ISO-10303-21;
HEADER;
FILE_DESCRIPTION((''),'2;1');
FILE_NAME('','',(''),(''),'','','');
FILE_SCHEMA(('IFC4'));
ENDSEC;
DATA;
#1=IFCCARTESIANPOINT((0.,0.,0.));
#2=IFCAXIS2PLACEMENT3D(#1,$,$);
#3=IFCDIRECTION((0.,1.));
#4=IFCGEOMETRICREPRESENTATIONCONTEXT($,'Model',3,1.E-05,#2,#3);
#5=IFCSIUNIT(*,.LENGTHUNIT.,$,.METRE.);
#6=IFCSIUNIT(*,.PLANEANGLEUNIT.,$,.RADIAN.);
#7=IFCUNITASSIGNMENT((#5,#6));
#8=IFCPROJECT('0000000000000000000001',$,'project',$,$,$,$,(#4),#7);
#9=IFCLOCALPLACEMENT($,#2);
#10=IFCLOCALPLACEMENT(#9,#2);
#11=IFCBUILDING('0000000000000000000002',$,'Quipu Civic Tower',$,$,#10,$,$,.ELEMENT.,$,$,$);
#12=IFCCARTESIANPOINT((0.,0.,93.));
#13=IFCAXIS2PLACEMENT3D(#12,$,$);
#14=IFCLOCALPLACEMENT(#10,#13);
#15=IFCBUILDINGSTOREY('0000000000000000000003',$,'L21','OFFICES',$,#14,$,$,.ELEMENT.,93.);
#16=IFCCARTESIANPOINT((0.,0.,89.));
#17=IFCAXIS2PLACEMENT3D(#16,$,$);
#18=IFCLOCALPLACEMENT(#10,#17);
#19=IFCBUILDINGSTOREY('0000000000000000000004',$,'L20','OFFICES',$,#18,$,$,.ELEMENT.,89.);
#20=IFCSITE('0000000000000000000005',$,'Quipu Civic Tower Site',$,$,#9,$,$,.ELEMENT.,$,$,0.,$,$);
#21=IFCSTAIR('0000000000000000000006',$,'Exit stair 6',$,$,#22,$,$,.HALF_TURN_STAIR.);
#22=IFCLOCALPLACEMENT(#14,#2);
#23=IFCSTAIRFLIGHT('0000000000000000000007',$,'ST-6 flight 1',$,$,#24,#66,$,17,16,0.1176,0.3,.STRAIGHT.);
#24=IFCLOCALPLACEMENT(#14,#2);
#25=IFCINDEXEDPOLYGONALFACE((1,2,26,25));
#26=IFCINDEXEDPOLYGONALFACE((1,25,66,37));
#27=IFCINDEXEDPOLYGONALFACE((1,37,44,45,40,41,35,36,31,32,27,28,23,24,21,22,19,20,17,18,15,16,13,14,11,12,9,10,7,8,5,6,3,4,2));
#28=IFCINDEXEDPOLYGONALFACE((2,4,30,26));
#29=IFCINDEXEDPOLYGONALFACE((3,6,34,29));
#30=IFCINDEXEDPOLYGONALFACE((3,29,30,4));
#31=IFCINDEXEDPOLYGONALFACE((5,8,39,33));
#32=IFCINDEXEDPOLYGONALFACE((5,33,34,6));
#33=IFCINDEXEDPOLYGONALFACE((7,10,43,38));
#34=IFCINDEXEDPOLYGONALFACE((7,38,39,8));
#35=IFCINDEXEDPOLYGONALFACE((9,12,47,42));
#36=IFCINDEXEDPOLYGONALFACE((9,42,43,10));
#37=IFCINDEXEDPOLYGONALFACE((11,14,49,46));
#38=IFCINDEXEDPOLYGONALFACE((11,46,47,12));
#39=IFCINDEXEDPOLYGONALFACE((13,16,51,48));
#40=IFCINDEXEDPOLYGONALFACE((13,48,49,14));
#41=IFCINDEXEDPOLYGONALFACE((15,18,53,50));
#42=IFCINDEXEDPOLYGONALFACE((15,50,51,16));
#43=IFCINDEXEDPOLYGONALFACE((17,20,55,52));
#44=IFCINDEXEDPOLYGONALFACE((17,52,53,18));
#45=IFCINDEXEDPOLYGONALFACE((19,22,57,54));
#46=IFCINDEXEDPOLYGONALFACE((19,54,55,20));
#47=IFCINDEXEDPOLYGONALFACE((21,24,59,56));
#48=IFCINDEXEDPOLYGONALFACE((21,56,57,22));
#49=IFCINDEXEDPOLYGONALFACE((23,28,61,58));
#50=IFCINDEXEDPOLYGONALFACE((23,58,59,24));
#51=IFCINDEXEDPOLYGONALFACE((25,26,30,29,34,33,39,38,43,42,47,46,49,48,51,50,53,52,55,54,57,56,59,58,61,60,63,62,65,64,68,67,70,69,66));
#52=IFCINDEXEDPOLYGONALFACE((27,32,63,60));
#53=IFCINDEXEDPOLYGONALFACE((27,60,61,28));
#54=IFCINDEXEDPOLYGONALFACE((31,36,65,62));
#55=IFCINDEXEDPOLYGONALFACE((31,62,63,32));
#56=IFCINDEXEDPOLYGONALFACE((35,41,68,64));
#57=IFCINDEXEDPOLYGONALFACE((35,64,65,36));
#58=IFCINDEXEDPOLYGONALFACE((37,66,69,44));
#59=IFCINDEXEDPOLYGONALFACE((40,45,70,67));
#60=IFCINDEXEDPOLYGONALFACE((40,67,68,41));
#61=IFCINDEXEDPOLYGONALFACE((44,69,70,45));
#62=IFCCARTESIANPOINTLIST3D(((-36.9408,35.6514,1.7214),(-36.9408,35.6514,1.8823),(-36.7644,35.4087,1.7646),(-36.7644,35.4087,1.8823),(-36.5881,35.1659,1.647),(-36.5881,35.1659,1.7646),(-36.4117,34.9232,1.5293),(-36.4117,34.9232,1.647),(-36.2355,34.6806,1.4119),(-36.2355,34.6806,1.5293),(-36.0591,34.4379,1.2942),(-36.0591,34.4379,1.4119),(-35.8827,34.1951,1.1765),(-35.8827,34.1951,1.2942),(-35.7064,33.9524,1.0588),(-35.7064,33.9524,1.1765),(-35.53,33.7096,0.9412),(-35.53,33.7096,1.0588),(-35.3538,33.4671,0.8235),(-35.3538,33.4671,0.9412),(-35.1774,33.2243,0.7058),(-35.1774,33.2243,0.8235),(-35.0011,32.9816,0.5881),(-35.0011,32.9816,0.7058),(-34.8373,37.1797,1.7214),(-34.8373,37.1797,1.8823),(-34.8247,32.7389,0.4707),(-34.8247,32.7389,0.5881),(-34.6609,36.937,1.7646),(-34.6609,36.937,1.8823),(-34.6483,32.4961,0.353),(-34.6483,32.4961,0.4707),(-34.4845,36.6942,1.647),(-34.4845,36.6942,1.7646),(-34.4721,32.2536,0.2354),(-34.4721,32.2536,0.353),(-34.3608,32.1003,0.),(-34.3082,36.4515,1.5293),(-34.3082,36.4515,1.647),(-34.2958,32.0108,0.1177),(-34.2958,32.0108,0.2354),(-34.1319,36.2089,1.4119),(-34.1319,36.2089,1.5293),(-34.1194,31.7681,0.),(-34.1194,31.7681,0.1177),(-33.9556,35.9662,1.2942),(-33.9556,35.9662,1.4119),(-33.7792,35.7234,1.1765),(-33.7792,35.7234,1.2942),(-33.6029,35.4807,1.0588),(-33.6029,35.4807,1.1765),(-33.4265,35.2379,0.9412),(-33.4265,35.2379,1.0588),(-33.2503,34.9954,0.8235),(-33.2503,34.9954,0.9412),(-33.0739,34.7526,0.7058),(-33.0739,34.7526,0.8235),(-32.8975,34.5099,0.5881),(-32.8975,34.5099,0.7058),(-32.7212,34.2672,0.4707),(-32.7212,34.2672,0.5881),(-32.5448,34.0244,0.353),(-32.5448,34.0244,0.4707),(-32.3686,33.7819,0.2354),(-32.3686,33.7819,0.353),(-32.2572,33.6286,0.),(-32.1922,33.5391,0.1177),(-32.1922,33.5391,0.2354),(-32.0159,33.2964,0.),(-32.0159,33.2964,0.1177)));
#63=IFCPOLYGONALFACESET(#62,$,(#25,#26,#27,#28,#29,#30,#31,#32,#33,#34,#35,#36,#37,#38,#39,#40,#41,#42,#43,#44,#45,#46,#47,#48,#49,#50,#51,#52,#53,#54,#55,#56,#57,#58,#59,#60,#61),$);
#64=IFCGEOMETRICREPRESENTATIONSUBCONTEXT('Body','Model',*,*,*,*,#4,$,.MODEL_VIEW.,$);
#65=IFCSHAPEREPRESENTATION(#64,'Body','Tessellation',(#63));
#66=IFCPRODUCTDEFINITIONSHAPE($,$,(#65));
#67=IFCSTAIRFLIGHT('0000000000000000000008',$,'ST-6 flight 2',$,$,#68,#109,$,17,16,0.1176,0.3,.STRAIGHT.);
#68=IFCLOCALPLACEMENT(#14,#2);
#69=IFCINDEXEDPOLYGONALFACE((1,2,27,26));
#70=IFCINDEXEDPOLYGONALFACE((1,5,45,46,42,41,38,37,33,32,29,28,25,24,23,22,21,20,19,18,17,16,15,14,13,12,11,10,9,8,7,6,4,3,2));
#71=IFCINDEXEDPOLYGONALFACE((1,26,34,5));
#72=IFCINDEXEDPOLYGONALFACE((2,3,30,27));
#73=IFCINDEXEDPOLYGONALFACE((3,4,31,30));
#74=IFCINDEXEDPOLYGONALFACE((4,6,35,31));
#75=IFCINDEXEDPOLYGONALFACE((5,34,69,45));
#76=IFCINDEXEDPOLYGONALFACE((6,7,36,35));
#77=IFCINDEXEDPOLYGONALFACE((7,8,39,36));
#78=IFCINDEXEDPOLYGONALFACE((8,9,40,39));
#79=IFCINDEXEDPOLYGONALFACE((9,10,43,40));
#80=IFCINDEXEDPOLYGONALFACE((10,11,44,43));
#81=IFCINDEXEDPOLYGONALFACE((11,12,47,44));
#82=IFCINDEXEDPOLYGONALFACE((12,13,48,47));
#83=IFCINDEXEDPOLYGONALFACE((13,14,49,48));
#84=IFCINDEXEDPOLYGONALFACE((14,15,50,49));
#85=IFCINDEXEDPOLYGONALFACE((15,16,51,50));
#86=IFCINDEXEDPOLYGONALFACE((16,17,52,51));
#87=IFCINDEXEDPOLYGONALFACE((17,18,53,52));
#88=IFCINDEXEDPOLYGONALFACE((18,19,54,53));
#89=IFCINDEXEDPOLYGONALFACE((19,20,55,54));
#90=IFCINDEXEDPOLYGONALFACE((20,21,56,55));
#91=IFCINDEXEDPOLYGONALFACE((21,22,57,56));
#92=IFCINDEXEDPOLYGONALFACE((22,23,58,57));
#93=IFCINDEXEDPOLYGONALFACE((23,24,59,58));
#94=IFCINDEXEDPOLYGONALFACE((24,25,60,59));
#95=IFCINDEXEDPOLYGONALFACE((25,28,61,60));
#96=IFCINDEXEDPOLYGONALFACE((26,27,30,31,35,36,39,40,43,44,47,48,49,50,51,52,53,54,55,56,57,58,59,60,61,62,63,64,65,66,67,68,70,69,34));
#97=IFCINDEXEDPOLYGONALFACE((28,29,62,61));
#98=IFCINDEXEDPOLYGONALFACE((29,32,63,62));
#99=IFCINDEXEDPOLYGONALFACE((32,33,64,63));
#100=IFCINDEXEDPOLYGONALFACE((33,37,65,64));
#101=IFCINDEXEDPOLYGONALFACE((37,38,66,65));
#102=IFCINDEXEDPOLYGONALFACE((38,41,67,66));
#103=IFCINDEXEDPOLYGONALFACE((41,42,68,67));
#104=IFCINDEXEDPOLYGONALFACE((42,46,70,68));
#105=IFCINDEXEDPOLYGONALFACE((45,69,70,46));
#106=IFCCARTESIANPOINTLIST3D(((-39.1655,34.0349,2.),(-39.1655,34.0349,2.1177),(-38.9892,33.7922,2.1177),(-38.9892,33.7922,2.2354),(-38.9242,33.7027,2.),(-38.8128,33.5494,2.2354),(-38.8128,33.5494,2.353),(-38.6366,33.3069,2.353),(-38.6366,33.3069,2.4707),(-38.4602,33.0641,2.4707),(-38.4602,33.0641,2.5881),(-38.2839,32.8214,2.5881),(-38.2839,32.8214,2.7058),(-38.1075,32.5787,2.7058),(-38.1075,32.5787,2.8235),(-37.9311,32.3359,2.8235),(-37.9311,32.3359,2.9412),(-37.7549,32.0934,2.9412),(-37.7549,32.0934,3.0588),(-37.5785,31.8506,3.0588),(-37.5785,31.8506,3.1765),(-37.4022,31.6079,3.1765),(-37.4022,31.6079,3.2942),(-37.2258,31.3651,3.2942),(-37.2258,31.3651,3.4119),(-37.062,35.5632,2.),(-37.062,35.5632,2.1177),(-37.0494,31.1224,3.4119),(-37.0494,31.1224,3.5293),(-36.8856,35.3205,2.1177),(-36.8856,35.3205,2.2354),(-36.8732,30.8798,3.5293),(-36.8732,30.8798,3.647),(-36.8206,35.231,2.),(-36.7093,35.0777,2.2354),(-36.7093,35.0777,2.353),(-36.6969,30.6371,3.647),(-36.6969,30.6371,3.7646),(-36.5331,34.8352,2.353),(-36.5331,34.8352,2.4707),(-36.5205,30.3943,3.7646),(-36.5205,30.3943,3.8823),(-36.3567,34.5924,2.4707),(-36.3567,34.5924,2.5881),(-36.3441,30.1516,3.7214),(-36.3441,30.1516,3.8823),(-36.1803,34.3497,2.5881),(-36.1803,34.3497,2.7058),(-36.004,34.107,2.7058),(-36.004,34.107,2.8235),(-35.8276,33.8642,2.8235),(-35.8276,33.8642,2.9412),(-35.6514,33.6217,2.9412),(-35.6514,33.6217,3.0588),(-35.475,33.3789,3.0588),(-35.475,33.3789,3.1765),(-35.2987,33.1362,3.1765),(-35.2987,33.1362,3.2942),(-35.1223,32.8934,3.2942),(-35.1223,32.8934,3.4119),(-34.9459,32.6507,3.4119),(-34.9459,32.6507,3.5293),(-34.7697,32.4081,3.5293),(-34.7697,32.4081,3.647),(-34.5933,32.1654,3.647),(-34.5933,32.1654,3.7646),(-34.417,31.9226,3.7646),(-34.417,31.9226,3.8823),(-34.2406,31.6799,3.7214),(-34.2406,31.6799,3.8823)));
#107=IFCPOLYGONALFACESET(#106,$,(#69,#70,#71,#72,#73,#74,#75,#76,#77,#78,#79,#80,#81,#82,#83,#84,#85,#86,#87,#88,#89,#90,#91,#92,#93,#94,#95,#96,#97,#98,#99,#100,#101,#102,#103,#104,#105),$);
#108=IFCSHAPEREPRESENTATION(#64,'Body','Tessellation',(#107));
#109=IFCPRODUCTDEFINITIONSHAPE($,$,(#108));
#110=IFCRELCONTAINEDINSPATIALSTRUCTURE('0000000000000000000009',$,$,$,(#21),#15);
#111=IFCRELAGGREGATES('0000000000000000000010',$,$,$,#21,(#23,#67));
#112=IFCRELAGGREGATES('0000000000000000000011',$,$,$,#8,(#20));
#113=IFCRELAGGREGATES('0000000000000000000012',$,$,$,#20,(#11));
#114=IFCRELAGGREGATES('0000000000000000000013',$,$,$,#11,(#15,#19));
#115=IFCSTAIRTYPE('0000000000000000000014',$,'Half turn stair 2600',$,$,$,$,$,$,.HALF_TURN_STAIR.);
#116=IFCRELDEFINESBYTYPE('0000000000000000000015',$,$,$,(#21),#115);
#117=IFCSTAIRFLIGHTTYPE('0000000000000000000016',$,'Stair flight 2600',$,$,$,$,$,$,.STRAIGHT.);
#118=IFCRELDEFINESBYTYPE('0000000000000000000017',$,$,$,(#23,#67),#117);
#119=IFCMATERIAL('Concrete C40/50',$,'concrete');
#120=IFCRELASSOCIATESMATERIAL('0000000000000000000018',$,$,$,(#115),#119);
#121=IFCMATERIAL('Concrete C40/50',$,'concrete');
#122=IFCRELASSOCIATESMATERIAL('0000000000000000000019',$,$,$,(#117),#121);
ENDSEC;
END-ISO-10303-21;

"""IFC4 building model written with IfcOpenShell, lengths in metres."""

from ifc_helpers import new_model, si_unit, direction, frame, origin, place, context, subcontext, project, spatial, polyline, outline, extrude, material, type_object, element, aggregate, save


model = new_model("IFC4")

# Units and contexts
model_context = context("Model", 3, precision=1e-05, world=origin(), true_north=direction((0.0, 1.0)))
body_context = subcontext(model_context, "Body", "Model", "MODEL_VIEW")
ifc_project = project(units=[si_unit("LENGTHUNIT", "METRE"), si_unit("PLANEANGLEUNIT", "RADIAN")], contexts=[model_context])

# Site, building, storey
site_placement = place(None, origin())
site = spatial("IfcSite", under=ifc_project, at=site_placement, Name="Quipu Civic Tower Site", CompositionType="ELEMENT", RefElevation=0.0)
building_placement = place(site_placement, origin())
building = spatial("IfcBuilding", under=site, at=building_placement, Name="Quipu Civic Tower", CompositionType="ELEMENT")
storey_1_placement = place(building_placement, frame((0.0, 0.0, 93.0)))
storey_1 = spatial("IfcBuildingStorey", under=building, at=storey_1_placement, Name="L21", Description="OFFICES", CompositionType="ELEMENT", Elevation=93.0)

# Shared definitions
storey_2_placement = place(building_placement, frame((0.0, 0.0, 89.0)))
storey_2 = spatial("IfcBuildingStorey", under=building, at=storey_2_placement, Name="L20", Description="OFFICES", CompositionType="ELEMENT", Elevation=89.0)

# Stair, stair flights
ifc_material_1 = material(Name="Concrete C40/50", Category="concrete")
stair_type = type_object("IfcStairType", Name="Half turn stair 2600", PredefinedType="HALF_TURN_STAIR", material=ifc_material_1)
stair_placement = place(storey_1_placement, origin())
stair = element("IfcStair", 1, at=stair_placement, inside=storey_1, type_object=stair_type, Name="Exit stair 6", PredefinedType="HALF_TURN_STAIR")
ifc_material_2 = material(Name="Concrete C40/50", Category="concrete")
stair_flight_type = type_object("IfcStairFlightType", Name="Stair flight 2600", PredefinedType="STRAIGHT", material=ifc_material_2)
stair_flight_1_placement = place(storey_1_placement, frame((-33.0676, 32.5322, 0.0), z_axis=(0.0, 0.0, 1.0), x_axis=(-0.587785, 0.809017, 0.0)))
stair_flight_1 = element("IfcStairFlight", 2, at=stair_flight_1_placement, type_object=stair_flight_type, Name="ST-6 flight 1", NumberOfRisers=17, NumberOfTreads=16, PredefinedType="STRAIGHT", RiserHeight=0.1176, TreadLength=0.3, context=body_context, shape_type="SweptSolid", body=[
    extrude(outline(polyline([(0.0, 0.0), (0.0, 0.1177), (0.3, 0.1177), (0.3, 0.2354), (0.6001, 0.2354), (0.6001, 0.353), (0.8999, 0.353), (0.8999, 0.4707), (1.2, 0.4707), (1.2, 0.5881), (1.5, 0.5881), (1.5, 0.7058), (1.8, 0.7058), (1.8, 0.8235), (2.1001, 0.8235), (2.1001, 0.9412), (2.3999, 0.9412), (2.3999, 1.0588), (2.7, 1.0588), (2.7, 1.1765), (3.0, 1.1765), (3.0, 1.2942), (3.3, 1.2942), (3.3, 1.4119), (3.6001, 1.4119), (3.6001, 1.5293), (3.8999, 1.5293), (3.8999, 1.647), (4.2, 1.647), (4.2, 1.7646), (4.5, 1.7646), (4.5, 1.8823), (4.8, 1.8823), (4.8, 2.0), (4.8, 1.7214), (0.4106, 0.0), (0.0, 0.0)])), frame((0.0, 1.3, 0.0), z_axis=(0.0, -1.0, 0.0), x_axis=(1.0, 0.0, 0.0)), (0.0, 0.0, 1.0), 2.6001),
])
stair_flight_2_placement = place(storey_1_placement, frame((-38.1138, 34.7991, 2.0), z_axis=(0.0, 0.0, 1.0), x_axis=(0.587785, -0.809017, 0.0)))
stair_flight_2 = element("IfcStairFlight", 3, at=stair_flight_2_placement, type_object=stair_flight_type, Name="ST-6 flight 2", NumberOfRisers=17, NumberOfTreads=16, PredefinedType="STRAIGHT", RiserHeight=0.1176, TreadLength=0.3, context=body_context, shape_type="SweptSolid", body=[
    extrude(outline(polyline([(0.0, 0.0), (0.0, 0.1177), (0.3, 0.1177), (0.3, 0.2354), (0.6001, 0.2354), (0.6001, 0.353), (0.8999, 0.353), (0.8999, 0.4707), (1.2, 0.4707), (1.2, 0.5881), (1.5, 0.5881), (1.5, 0.7058), (1.8, 0.7058), (1.8, 0.8235), (2.1001, 0.8235), (2.1001, 0.9412), (2.3999, 0.9412), (2.3999, 1.0588), (2.7, 1.0588), (2.7, 1.1765), (3.0, 1.1765), (3.0, 1.2942), (3.3, 1.2942), (3.3, 1.4119), (3.6001, 1.4119), (3.6001, 1.5293), (3.8999, 1.5293), (3.8999, 1.647), (4.2, 1.647), (4.2, 1.7646), (4.5, 1.7646), (4.5, 1.8823), (4.8, 1.8823), (4.8, 2.0), (4.8, 1.7214), (0.4106, 0.0), (0.0, 0.0)])), frame((0.0, 1.3, 0.0), z_axis=(0.0, -1.0, 0.0), x_axis=(1.0, 0.0, 0.0)), (0.0, 0.0, 1.0), 2.6001),
])
aggregate(stair, [stair_flight_1, stair_flight_2])

save(model, "model.ifc")
